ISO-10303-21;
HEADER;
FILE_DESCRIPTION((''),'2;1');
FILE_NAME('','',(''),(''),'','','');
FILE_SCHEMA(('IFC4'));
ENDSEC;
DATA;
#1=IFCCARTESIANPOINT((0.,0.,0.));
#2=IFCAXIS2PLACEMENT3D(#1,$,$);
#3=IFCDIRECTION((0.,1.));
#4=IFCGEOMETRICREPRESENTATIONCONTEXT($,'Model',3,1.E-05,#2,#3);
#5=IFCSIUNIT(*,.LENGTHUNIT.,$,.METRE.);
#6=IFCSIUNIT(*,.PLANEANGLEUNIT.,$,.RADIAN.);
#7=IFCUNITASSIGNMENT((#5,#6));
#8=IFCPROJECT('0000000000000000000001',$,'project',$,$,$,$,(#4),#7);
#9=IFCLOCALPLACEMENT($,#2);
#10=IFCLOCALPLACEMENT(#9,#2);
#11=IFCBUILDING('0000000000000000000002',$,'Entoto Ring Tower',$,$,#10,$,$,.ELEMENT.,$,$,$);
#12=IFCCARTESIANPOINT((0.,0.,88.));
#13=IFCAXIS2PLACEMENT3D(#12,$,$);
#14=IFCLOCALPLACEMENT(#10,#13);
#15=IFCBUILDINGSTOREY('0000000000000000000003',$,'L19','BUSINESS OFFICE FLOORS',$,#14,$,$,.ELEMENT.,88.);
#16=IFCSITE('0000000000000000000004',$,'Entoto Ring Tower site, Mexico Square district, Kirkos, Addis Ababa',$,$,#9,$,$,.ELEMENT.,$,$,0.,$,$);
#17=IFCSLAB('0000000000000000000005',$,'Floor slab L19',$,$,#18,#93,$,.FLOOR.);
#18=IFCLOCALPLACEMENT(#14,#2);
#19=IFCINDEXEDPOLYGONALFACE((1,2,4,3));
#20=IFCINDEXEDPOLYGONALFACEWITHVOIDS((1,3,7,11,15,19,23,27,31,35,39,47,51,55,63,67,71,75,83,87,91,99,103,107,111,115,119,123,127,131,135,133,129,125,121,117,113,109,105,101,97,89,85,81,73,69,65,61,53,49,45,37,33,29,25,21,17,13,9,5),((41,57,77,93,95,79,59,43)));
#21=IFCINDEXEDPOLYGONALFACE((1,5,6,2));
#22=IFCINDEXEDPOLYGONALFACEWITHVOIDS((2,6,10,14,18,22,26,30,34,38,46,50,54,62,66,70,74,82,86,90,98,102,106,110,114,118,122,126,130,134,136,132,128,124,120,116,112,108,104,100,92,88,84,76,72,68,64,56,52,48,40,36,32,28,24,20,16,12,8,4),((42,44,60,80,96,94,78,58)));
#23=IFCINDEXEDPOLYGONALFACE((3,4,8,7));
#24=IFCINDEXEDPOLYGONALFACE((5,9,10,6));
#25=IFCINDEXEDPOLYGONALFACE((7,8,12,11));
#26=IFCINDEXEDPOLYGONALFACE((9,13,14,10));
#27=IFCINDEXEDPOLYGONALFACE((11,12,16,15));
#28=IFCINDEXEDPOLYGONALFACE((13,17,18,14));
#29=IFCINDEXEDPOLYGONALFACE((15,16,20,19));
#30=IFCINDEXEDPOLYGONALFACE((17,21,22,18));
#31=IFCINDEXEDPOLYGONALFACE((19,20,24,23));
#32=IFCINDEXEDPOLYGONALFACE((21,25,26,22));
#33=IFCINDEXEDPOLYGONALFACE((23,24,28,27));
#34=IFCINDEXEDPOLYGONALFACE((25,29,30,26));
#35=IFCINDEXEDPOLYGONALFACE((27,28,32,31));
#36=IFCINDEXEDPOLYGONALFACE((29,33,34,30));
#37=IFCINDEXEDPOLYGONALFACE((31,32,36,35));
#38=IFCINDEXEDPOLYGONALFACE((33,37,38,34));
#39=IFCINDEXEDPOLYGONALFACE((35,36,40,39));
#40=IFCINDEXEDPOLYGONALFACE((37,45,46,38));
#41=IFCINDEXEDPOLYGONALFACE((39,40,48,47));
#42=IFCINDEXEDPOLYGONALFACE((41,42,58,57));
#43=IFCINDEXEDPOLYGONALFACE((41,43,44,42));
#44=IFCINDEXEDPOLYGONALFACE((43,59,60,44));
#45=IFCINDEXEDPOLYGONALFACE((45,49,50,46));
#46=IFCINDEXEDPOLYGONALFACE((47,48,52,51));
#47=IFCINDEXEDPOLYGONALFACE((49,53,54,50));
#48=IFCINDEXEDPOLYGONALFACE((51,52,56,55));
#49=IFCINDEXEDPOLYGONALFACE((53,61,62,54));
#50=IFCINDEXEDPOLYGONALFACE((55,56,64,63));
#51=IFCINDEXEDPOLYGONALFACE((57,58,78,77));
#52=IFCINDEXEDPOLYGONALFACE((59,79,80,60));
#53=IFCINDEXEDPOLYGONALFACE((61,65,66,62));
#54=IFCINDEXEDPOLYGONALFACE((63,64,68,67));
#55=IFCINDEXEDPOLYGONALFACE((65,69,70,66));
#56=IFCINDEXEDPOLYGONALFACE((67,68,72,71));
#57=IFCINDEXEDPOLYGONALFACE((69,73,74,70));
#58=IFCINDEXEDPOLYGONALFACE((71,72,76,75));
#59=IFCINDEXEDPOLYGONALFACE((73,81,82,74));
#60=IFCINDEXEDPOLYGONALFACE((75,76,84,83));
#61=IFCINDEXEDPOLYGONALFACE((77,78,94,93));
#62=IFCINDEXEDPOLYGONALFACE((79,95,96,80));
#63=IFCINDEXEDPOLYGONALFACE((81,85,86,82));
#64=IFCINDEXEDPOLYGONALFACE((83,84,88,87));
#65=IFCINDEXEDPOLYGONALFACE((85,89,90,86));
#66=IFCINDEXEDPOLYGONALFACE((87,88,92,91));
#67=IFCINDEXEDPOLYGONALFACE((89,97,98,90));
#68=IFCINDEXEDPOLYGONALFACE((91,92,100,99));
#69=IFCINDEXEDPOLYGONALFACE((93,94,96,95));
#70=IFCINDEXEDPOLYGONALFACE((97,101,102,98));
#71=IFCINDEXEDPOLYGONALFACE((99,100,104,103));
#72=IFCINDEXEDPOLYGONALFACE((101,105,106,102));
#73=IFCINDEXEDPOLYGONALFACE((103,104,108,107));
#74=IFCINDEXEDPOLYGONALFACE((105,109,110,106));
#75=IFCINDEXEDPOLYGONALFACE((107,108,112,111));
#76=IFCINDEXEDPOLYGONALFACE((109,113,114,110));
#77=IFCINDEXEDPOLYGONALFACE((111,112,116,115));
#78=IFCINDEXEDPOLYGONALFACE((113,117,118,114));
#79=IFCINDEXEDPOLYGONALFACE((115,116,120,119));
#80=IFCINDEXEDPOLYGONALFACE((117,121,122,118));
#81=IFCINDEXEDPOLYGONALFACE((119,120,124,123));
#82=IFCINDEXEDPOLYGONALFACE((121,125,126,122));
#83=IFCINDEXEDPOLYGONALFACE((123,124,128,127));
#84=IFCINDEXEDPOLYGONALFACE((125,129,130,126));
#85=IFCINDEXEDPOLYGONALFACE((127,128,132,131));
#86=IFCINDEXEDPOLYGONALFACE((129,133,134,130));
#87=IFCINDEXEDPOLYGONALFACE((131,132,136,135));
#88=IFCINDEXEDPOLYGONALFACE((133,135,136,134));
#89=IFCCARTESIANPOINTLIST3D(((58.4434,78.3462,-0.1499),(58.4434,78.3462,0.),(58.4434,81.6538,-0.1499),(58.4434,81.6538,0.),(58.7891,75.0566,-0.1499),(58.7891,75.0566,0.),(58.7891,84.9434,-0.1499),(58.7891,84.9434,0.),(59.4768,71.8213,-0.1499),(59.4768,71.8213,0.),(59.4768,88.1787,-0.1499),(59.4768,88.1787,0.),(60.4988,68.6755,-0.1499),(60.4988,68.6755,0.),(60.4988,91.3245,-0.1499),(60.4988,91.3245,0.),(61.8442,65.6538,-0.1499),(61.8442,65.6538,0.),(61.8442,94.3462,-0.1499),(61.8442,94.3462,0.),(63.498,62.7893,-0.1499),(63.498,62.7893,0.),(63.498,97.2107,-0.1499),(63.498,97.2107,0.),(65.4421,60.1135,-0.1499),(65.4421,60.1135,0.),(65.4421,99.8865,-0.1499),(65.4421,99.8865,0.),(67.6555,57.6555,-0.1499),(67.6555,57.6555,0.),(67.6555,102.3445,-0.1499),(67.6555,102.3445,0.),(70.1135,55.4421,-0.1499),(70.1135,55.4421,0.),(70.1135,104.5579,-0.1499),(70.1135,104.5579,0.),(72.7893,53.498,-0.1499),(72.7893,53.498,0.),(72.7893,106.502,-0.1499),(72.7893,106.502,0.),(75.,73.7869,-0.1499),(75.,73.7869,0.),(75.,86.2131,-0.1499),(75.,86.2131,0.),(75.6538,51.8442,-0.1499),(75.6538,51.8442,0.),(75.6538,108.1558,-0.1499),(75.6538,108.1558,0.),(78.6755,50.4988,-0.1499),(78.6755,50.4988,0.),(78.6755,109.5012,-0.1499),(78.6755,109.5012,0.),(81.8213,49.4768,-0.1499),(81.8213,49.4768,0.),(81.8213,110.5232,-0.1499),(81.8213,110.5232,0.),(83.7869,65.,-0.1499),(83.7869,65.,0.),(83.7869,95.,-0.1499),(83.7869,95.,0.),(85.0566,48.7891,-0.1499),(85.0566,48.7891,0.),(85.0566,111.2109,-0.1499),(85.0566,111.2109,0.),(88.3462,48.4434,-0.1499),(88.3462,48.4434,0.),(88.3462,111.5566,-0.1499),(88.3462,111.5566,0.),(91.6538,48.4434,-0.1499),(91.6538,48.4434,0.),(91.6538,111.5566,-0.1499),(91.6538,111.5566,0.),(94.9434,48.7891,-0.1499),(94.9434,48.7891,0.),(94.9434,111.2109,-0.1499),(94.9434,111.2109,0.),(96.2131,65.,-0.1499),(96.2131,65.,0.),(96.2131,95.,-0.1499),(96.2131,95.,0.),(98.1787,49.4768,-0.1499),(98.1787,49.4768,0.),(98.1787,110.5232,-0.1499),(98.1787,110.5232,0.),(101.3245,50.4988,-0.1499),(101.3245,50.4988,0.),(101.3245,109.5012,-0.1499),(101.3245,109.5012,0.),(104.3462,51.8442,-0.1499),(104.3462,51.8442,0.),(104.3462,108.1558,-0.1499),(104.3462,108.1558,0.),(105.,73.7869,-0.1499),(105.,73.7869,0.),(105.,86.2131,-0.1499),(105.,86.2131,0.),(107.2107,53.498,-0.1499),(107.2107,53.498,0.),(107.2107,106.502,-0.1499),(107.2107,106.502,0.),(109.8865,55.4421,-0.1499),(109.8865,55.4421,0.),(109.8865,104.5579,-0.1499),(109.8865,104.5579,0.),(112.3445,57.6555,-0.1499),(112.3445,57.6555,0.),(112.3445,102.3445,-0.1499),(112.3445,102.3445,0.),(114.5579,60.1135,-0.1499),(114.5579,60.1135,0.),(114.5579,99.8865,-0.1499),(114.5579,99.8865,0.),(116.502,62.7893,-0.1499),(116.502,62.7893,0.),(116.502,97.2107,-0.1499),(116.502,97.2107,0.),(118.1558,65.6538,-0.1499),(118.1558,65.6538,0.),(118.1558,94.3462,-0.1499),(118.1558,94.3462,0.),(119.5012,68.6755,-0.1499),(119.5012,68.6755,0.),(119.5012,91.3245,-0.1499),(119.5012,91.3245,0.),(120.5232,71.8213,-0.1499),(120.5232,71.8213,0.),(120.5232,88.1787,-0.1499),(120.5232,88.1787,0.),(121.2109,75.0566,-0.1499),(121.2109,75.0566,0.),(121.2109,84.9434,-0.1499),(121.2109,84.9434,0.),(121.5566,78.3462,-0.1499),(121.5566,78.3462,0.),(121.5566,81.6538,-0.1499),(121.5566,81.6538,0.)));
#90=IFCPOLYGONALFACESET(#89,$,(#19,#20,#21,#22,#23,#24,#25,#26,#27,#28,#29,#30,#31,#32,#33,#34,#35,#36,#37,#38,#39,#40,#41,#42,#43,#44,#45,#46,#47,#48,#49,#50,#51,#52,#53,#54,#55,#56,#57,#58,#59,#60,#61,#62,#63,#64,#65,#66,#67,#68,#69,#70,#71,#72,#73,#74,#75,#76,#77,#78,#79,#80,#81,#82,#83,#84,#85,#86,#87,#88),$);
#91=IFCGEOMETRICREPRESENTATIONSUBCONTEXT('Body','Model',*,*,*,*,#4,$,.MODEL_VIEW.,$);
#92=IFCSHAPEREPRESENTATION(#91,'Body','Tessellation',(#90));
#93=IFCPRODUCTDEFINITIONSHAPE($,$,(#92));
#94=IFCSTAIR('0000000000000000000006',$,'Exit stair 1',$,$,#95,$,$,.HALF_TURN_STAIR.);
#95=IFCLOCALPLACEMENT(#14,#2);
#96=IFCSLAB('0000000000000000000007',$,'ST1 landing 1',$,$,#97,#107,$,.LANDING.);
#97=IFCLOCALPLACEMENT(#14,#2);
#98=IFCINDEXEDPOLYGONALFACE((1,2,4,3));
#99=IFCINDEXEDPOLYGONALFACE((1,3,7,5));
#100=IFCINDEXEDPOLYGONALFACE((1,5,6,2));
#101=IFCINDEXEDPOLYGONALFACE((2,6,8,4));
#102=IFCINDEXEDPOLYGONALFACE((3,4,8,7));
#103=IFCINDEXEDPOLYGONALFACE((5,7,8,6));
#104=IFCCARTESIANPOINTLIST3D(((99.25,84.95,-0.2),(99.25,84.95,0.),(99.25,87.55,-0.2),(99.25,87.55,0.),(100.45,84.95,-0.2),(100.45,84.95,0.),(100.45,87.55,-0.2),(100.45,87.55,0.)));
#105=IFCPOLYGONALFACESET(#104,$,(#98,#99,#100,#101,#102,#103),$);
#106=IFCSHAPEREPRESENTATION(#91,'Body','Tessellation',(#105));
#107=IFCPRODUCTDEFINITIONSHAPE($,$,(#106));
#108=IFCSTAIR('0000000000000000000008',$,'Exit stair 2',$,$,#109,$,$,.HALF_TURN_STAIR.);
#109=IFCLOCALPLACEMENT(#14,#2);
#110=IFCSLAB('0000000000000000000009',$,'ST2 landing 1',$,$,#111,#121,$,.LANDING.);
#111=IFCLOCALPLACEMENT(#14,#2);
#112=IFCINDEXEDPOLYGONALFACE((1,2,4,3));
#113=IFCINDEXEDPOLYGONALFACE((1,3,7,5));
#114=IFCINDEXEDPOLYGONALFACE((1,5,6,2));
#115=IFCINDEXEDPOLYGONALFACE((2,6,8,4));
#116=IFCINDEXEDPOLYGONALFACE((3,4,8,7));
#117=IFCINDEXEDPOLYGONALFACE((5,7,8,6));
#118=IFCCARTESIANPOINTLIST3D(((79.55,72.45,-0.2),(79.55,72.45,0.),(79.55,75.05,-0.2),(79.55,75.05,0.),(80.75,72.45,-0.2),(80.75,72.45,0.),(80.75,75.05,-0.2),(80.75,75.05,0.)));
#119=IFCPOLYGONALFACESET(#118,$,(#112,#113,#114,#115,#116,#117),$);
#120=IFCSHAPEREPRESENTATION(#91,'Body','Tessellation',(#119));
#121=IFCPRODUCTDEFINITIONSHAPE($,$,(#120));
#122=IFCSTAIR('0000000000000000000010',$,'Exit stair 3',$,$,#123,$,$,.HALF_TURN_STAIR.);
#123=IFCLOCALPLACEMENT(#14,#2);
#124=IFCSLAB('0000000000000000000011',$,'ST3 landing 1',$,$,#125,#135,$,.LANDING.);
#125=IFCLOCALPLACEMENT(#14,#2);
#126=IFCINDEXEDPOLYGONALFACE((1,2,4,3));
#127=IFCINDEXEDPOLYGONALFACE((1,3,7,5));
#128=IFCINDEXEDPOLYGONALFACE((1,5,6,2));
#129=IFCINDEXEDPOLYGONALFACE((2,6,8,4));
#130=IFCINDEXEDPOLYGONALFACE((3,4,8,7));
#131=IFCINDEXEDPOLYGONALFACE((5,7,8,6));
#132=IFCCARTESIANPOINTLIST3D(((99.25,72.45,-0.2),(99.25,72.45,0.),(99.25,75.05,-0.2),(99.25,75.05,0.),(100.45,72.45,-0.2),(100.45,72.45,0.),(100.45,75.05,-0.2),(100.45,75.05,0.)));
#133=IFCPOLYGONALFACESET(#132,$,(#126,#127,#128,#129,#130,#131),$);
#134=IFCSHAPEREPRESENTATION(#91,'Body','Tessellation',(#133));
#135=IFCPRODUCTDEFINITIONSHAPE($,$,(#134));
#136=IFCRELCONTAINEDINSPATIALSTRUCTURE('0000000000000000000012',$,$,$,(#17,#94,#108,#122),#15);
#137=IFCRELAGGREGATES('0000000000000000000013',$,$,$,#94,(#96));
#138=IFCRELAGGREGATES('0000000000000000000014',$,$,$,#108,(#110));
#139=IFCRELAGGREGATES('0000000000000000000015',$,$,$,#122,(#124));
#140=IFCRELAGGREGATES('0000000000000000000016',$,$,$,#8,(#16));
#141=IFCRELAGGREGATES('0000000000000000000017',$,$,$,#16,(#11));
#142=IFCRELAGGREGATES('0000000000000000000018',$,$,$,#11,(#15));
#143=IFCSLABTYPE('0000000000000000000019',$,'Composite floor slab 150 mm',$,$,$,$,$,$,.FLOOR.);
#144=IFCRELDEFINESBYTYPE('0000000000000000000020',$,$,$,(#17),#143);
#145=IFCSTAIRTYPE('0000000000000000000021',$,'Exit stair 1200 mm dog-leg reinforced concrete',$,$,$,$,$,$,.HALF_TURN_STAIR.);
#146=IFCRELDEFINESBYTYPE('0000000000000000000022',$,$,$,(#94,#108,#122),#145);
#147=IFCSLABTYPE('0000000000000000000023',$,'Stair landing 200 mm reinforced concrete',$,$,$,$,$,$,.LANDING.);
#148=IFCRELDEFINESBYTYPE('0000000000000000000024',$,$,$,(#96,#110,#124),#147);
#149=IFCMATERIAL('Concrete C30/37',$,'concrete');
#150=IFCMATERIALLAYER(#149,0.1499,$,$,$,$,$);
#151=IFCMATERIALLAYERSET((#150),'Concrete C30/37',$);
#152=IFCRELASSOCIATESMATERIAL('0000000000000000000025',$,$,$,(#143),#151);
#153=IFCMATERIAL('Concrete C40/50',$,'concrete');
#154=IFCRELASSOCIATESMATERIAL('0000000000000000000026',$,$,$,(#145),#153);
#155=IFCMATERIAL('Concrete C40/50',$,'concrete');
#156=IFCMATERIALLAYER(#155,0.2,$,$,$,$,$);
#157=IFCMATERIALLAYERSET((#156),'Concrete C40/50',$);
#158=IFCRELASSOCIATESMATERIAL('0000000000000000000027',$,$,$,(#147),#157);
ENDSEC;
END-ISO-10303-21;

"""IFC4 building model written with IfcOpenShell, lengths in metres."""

from ifc_helpers import new_model, si_unit, direction, frame, origin, place, context, subcontext, project, spatial, polyline, outline, extrude, material, layer, layer_set, type_object, element, aggregate, save


model = new_model("IFC4")

# Units and contexts
model_context = context("Model", 3, precision=1e-05, world=origin(), true_north=direction((0.0, 1.0)))
body_context = subcontext(model_context, "Body", "Model", "MODEL_VIEW")
ifc_project = project(units=[si_unit("LENGTHUNIT", "METRE"), si_unit("PLANEANGLEUNIT", "RADIAN")], contexts=[model_context])

# Site, building, storey
site_placement = place(None, origin())
building_placement = place(site_placement, origin())
storey_placement = place(building_placement, frame((0.0, 0.0, 88.0)))
site = spatial("IfcSite", under=ifc_project, at=site_placement, Name="Entoto Ring Tower site, Mexico Square district, Kirkos, Addis Ababa", CompositionType="ELEMENT", RefElevation=0.0)
building = spatial("IfcBuilding", under=site, at=building_placement, Name="Entoto Ring Tower", CompositionType="ELEMENT")
storey = spatial("IfcBuildingStorey", under=building, at=storey_placement, Name="L19", Description="BUSINESS OFFICE FLOORS", CompositionType="ELEMENT", Elevation=88.0)

# Slab
ifc_material_1 = material(Name="Concrete C30/37", Category="concrete")
ifc_layer_1 = layer(ifc_material_1, 0.1499)
ifc_layer_set_1 = layer_set([ifc_layer_1], Name="Concrete C30/37")
slab_type_1 = type_object("IfcSlabType", Name="Composite floor slab 150 mm", PredefinedType="FLOOR", material=ifc_layer_set_1)
slab_1_placement = place(storey_placement, frame((0.0, 0.0, -0.1499)))
element("IfcSlab", 1, at=slab_1_placement, inside=storey, type_object=slab_type_1, Name="Floor slab L19", PredefinedType="FLOOR", context=body_context, shape_type="SweptSolid", body=[
    extrude(outline(polyline([(121.2109, 84.9434), (120.5232, 88.1787), (119.5012, 91.3245), (118.1558, 94.3462), (116.502, 97.2107), (114.5579, 99.8865), (112.3445, 102.3445), (109.8865, 104.5579), (107.2107, 106.502), (104.3462, 108.1558), (101.3245, 109.5012), (98.1787, 110.5232), (94.9434, 111.2109), (91.6538, 111.5566), (88.3462, 111.5566), (85.0566, 111.2109), (81.8213, 110.5232), (78.6755, 109.5012), (75.6538, 108.1558), (72.7893, 106.502), (70.1135, 104.5579), (67.6555, 102.3445), (65.4421, 99.8865), (63.498, 97.2107), (61.8442, 94.3462), (60.4988, 91.3245), (59.4768, 88.1787), (58.7891, 84.9434), (58.4434, 81.6538), (58.4434, 78.3462), (58.7891, 75.0566), (59.4768, 71.8213), (60.4988, 68.6755), (61.8442, 65.6538), (63.498, 62.7893), (65.4421, 60.1135), (67.6555, 57.6555), (70.1135, 55.4421), (72.7893, 53.498), (75.6538, 51.8442), (78.6755, 50.4988), (81.8213, 49.4768), (85.0566, 48.7891), (88.3462, 48.4434), (91.6538, 48.4434), (94.9434, 48.7891), (98.1787, 49.4768), (101.3245, 50.4988), (104.3462, 51.8442), (107.2107, 53.498), (109.8865, 55.4421), (112.3445, 57.6555), (114.5579, 60.1135), (116.502, 62.7893), (118.1558, 65.6538), (119.5012, 68.6755), (120.5232, 71.8213), (121.2109, 75.0566), (121.5566, 78.3462), (121.5566, 81.6538), (121.2109, 84.9434)]), holes=[polyline([(105.0, 73.7869), (105.0, 86.2131), (96.2131, 95.0), (83.7869, 95.0), (75.0, 86.2131), (75.0, 73.7869), (83.7869, 65.0), (96.2131, 65.0), (105.0, 73.7869)])]), origin(), (0.0, 0.0, 1.0), 0.1499),
])

# Stairs, slabs
ifc_material_2 = material(Name="Concrete C40/50", Category="concrete")
stair_type = type_object("IfcStairType", Name="Exit stair 1200 mm dog-leg reinforced concrete", PredefinedType="HALF_TURN_STAIR", material=ifc_material_2)
stair_1_placement = place(storey_placement, origin())
stair_1 = element("IfcStair", 2, at=stair_1_placement, inside=storey, type_object=stair_type, Name="Exit stair 1", PredefinedType="HALF_TURN_STAIR")
ifc_material_3 = material(Name="Concrete C40/50", Category="concrete")
ifc_layer_2 = layer(ifc_material_3, 0.2)
ifc_layer_set_2 = layer_set([ifc_layer_2], Name="Concrete C40/50")
slab_type_2 = type_object("IfcSlabType", Name="Stair landing 200 mm reinforced concrete", PredefinedType="LANDING", material=ifc_layer_set_2)
slab_2_placement = place(storey_placement, frame((0.0, 0.0, -0.2)))
slab_2 = element("IfcSlab", 3, at=slab_2_placement, type_object=slab_type_2, Name="ST1 landing 1", PredefinedType="LANDING", context=body_context, shape_type="SweptSolid", body=[
    extrude(outline(polyline([(100.45, 84.95), (100.45, 87.55), (99.25, 87.55), (99.25, 84.95), (100.45, 84.95)])), origin(), (0.0, 0.0, 1.0), 0.2),
])
aggregate(stair_1, [slab_2])
stair_2_placement = place(storey_placement, origin())
stair_2 = element("IfcStair", 4, at=stair_2_placement, inside=storey, type_object=stair_type, Name="Exit stair 2", PredefinedType="HALF_TURN_STAIR")
slab_3_placement = place(storey_placement, frame((0.0, 0.0, -0.2)))
slab_3 = element("IfcSlab", 5, at=slab_3_placement, type_object=slab_type_2, Name="ST2 landing 1", PredefinedType="LANDING", context=body_context, shape_type="SweptSolid", body=[
    extrude(outline(polyline([(80.75, 72.45), (80.75, 75.05), (79.55, 75.05), (79.55, 72.45), (80.75, 72.45)])), origin(), (0.0, 0.0, 1.0), 0.2),
])
aggregate(stair_2, [slab_3])
stair_3_placement = place(storey_placement, origin())
stair_3 = element("IfcStair", 6, at=stair_3_placement, inside=storey, type_object=stair_type, Name="Exit stair 3", PredefinedType="HALF_TURN_STAIR")
slab_4_placement = place(storey_placement, frame((0.0, 0.0, -0.2)))
slab_4 = element("IfcSlab", 7, at=slab_4_placement, type_object=slab_type_2, Name="ST3 landing 1", PredefinedType="LANDING", context=body_context, shape_type="SweptSolid", body=[
    extrude(outline(polyline([(100.45, 72.45), (100.45, 75.05), (99.25, 75.05), (99.25, 72.45), (100.45, 72.45)])), origin(), (0.0, 0.0, 1.0), 0.2),
])
aggregate(stair_3, [slab_4])

save(model, "model.ifc")
